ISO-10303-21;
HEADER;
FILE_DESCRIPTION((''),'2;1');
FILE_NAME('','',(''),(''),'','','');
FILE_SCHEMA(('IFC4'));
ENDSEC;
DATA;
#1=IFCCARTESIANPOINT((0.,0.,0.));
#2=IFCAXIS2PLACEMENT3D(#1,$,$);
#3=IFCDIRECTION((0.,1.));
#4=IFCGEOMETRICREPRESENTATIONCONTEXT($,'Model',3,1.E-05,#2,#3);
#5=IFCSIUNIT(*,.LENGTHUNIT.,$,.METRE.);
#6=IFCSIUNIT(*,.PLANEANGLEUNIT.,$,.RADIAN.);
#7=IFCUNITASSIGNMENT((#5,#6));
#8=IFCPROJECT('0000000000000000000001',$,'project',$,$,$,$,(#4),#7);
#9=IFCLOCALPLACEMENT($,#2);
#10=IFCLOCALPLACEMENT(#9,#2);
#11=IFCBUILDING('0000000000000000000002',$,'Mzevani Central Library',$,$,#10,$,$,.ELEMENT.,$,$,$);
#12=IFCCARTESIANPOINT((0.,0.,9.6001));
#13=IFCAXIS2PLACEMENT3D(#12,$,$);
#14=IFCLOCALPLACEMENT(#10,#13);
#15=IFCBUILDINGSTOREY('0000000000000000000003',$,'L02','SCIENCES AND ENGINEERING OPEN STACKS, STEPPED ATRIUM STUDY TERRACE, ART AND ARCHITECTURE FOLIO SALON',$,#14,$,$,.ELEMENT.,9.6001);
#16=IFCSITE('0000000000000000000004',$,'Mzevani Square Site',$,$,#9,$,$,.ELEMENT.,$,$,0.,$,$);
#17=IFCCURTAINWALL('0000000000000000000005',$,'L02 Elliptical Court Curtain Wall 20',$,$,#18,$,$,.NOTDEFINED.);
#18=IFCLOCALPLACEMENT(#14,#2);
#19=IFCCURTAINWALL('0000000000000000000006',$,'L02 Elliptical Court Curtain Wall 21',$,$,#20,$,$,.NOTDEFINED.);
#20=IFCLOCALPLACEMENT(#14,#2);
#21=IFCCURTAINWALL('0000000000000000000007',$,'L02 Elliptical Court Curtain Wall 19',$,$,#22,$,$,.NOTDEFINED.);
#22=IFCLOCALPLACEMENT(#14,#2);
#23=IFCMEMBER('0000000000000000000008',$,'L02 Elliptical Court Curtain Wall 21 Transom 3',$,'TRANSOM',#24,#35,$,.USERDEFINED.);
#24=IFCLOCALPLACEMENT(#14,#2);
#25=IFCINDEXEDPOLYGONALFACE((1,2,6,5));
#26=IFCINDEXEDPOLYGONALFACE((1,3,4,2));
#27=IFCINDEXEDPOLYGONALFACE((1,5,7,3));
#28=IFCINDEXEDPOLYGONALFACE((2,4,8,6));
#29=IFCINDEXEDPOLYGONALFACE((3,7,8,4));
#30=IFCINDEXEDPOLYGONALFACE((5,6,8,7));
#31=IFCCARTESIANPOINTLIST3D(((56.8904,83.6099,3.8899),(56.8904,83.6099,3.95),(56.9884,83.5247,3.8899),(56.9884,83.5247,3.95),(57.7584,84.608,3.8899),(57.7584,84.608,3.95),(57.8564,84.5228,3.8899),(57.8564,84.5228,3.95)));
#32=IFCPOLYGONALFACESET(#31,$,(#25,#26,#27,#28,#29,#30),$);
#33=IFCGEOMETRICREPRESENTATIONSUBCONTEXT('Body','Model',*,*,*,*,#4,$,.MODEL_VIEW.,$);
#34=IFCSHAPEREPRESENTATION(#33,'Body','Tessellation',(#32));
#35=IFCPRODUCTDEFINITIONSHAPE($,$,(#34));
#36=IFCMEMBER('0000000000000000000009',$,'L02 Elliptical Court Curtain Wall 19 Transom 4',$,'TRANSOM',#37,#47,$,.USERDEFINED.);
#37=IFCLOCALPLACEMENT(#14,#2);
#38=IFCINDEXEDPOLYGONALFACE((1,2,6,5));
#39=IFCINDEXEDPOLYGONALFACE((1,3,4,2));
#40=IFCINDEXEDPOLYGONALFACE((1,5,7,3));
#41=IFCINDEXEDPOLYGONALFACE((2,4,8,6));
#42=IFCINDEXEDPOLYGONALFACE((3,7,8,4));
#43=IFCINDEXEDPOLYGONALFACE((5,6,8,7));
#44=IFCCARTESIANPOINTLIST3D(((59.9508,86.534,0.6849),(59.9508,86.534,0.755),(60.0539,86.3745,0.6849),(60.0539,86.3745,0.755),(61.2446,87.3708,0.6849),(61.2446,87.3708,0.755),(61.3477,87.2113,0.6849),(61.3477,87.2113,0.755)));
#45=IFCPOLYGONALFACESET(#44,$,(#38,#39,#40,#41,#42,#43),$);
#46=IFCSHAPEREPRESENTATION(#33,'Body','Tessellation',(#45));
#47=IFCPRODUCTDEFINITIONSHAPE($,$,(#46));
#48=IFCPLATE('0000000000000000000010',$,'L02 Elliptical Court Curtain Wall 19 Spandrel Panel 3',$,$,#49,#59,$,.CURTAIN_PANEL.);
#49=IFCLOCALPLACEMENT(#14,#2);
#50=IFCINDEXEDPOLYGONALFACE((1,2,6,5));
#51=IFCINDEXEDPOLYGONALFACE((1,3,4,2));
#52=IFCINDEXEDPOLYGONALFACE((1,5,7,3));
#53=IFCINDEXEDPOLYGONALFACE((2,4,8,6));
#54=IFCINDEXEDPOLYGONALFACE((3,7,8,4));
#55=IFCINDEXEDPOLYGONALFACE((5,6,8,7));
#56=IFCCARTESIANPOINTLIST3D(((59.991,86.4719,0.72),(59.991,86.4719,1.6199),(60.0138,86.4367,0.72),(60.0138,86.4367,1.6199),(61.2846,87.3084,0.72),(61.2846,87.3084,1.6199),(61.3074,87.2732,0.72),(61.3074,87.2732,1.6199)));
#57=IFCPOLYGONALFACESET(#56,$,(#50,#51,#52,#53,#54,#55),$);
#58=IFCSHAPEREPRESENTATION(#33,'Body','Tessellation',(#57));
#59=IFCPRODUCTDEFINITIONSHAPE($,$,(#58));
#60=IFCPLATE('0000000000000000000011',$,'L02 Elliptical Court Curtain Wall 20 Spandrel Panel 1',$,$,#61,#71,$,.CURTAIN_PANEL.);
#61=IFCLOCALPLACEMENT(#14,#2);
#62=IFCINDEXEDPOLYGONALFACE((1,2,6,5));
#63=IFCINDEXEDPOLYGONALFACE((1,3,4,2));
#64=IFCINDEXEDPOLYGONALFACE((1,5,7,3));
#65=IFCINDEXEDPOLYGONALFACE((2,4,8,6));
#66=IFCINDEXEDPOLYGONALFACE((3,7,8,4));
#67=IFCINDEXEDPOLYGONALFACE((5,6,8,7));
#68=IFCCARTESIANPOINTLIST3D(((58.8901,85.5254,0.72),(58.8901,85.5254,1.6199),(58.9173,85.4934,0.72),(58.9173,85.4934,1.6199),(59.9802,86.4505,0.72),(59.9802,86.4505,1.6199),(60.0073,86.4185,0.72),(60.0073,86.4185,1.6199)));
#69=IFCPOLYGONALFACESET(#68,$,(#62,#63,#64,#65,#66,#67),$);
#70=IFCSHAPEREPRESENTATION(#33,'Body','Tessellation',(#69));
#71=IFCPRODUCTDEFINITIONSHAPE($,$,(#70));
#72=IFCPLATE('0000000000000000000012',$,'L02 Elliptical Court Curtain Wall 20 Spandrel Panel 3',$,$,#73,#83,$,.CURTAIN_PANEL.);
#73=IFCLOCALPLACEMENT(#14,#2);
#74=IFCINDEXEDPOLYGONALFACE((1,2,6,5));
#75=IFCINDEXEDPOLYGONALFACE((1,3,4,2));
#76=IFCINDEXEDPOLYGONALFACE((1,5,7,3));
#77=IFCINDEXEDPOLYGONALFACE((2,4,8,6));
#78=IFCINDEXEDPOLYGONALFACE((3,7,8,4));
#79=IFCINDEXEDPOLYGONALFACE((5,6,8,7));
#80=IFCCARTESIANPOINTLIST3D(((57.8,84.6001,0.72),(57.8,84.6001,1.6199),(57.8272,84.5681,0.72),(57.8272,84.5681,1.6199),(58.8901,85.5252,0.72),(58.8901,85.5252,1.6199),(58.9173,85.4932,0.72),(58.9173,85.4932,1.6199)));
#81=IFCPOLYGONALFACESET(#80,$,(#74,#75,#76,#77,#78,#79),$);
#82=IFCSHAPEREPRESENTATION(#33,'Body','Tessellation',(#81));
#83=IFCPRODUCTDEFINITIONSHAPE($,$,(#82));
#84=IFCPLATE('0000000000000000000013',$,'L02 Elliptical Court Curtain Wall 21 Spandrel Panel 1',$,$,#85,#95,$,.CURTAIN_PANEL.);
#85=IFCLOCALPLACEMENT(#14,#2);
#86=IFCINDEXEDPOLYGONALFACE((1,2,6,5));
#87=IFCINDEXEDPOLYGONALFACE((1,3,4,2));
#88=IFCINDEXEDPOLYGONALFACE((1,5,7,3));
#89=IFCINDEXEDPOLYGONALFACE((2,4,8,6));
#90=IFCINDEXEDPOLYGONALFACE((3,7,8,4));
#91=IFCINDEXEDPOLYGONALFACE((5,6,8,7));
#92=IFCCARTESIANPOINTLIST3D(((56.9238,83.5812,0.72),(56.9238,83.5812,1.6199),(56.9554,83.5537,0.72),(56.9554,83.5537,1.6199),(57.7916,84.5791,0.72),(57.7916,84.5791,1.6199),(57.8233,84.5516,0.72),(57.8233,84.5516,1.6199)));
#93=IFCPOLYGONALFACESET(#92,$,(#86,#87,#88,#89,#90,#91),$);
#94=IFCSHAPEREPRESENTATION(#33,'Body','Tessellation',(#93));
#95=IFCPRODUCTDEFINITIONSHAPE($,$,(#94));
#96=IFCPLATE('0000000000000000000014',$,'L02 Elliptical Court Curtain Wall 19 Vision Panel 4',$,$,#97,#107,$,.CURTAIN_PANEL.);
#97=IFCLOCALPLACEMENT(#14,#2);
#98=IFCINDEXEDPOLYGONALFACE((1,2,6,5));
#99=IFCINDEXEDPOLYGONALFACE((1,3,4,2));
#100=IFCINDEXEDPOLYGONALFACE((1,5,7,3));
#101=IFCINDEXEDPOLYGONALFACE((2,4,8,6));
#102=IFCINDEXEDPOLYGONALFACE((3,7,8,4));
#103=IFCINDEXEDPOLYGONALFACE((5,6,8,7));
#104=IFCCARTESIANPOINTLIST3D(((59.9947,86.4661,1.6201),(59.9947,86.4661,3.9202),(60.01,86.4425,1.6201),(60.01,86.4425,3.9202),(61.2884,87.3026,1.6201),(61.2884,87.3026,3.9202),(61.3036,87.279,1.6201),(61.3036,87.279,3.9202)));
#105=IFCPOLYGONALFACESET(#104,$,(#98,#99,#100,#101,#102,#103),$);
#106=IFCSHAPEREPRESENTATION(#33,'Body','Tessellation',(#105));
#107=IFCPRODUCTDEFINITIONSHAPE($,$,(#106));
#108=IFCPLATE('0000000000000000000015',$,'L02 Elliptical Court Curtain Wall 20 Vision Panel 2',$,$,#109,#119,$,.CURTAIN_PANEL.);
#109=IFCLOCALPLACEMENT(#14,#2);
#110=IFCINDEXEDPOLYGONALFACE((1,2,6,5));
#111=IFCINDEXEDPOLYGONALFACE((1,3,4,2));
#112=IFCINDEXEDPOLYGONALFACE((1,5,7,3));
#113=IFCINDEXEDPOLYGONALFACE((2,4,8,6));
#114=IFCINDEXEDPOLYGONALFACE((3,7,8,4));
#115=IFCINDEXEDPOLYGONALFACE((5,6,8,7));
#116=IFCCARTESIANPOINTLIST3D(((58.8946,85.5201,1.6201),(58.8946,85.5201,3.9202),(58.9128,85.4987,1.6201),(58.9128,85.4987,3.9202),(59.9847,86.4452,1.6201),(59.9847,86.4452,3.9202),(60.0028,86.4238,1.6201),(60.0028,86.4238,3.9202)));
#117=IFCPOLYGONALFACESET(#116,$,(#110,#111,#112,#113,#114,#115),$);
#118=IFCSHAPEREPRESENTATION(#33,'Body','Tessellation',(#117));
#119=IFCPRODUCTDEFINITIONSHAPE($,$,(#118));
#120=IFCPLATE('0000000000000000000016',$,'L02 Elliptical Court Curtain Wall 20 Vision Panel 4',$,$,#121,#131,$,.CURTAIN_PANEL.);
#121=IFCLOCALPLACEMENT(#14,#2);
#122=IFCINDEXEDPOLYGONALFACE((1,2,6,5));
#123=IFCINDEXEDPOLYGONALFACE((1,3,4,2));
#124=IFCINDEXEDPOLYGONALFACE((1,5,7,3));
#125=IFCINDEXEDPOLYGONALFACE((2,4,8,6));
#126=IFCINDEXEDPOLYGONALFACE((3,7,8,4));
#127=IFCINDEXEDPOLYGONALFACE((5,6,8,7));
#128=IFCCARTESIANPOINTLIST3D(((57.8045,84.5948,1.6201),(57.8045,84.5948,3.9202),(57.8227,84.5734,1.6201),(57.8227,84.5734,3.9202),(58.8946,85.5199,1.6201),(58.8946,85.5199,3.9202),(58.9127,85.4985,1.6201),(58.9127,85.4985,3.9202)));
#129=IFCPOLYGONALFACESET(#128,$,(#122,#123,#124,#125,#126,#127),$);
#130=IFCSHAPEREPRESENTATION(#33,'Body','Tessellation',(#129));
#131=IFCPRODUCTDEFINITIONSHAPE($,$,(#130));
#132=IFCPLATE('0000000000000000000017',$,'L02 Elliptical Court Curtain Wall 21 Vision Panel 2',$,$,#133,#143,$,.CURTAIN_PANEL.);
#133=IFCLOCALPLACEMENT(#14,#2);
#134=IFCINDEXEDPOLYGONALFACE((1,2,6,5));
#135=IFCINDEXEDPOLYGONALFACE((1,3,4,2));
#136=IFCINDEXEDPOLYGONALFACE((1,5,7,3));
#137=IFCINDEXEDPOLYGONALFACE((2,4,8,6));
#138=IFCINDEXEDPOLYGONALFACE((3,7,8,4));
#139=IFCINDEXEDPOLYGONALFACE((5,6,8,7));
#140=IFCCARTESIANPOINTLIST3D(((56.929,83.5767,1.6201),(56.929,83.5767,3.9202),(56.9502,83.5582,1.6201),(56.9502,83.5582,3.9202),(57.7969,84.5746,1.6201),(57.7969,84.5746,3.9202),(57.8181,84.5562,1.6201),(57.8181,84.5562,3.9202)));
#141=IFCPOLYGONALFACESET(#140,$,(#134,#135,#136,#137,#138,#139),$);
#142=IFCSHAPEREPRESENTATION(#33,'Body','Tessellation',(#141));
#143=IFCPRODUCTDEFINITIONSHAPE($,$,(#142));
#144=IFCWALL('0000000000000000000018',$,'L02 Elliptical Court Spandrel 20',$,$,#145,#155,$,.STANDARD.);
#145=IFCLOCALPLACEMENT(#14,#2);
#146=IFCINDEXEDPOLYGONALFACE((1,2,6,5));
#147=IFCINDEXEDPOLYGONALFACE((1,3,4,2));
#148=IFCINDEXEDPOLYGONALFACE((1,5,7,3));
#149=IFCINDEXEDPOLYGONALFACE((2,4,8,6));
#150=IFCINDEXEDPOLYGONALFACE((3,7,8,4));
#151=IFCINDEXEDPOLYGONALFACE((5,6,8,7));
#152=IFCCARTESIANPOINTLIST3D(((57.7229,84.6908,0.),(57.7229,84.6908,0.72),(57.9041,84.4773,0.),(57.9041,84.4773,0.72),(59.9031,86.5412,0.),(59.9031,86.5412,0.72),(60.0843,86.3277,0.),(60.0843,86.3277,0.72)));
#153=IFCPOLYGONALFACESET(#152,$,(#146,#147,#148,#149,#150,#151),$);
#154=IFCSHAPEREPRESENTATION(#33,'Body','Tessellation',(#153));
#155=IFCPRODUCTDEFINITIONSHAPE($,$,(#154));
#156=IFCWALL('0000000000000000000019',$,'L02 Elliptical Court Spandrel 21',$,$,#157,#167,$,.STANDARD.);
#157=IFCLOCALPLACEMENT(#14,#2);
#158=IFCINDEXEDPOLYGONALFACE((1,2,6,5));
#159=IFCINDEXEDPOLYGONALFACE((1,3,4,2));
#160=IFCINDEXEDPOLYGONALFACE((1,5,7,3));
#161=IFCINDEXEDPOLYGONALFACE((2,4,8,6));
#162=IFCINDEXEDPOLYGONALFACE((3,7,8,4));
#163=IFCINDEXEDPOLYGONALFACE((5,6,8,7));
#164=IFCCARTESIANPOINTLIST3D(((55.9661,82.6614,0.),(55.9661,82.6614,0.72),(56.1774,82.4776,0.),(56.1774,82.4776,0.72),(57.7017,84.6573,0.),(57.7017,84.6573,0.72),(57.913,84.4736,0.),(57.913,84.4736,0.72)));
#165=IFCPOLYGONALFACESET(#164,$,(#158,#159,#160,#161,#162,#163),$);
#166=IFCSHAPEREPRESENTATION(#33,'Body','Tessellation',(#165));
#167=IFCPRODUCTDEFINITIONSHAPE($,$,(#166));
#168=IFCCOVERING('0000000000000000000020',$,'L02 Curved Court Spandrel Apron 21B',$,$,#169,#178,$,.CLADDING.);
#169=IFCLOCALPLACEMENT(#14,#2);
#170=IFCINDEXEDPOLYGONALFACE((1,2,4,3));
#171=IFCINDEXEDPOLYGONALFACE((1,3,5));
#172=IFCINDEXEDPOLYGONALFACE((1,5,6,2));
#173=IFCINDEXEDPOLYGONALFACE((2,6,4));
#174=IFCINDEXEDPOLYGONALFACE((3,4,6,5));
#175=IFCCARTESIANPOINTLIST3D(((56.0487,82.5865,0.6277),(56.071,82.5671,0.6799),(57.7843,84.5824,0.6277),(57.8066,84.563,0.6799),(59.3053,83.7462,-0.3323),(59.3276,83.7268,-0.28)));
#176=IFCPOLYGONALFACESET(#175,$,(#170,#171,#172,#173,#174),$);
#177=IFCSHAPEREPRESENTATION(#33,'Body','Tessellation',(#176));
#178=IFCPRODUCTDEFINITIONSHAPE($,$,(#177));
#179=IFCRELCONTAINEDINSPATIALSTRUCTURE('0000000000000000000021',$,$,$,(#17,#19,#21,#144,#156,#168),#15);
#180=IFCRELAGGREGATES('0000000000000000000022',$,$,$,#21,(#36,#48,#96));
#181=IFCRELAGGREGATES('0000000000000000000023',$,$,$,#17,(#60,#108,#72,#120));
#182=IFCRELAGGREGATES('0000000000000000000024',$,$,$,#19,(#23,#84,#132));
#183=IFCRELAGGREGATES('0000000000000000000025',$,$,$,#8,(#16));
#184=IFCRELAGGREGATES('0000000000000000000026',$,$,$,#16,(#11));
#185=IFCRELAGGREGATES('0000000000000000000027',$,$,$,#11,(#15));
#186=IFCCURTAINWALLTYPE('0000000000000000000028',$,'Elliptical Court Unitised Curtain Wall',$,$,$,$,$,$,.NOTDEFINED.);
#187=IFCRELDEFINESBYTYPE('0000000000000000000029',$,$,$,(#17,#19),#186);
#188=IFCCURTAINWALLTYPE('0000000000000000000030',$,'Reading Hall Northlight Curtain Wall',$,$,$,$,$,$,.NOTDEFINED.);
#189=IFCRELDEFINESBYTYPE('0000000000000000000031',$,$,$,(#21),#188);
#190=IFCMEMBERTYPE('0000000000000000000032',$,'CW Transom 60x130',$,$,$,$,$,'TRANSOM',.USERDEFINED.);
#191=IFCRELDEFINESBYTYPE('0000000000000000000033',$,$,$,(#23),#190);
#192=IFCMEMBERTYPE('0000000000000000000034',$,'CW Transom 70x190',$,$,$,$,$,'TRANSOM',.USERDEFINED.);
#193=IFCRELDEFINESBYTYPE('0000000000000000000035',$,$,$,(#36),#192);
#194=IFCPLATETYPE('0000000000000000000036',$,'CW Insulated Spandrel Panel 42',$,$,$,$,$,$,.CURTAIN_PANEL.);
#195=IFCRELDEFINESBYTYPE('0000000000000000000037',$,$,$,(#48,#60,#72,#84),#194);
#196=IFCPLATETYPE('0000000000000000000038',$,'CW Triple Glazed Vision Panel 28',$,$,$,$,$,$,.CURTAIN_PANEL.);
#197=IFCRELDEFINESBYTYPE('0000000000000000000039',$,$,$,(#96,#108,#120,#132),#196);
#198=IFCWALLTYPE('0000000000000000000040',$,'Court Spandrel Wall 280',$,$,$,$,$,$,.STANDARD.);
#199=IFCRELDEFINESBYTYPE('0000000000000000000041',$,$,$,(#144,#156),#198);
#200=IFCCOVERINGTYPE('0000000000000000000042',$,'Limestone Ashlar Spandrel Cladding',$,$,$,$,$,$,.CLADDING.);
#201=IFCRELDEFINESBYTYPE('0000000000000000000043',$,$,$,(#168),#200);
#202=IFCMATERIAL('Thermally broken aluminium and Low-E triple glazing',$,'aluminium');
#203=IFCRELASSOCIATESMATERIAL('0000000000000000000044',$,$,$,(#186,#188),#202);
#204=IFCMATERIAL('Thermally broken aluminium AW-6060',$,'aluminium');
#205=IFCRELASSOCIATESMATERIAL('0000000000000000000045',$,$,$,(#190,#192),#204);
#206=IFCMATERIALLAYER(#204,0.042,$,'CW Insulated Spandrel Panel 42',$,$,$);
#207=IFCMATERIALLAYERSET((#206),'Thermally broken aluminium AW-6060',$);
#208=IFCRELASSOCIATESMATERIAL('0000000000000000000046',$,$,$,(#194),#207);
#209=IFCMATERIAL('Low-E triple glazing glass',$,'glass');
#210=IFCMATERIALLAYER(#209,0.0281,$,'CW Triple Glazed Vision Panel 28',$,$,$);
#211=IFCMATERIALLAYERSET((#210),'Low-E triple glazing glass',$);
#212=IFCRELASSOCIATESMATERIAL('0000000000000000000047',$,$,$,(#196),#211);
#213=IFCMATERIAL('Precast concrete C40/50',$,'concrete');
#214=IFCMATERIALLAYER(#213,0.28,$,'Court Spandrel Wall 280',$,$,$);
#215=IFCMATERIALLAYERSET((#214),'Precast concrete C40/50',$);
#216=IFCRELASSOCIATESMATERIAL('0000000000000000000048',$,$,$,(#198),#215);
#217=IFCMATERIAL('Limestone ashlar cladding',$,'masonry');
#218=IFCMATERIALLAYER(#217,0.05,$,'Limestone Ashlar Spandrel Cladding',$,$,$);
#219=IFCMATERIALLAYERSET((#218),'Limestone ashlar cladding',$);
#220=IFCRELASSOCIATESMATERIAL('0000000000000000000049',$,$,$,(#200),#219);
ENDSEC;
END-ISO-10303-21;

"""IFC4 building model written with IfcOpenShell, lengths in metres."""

from ifc_helpers import new_model, si_unit, direction, frame, frame_2d, origin, origin_2d, place, context, subcontext, project, spatial, polyline, rectangle, outline, extrude, material, layer, layer_set, material_profile, profile_set, type_object, element, aggregate, save


model = new_model("IFC4")

# Units and contexts
model_context = context("Model", 3, precision=1e-05, world=origin(), true_north=direction((0.0, 1.0)))
body_context = subcontext(model_context, "Body", "Model", "MODEL_VIEW")
ifc_project = project(units=[si_unit("LENGTHUNIT", "METRE"), si_unit("PLANEANGLEUNIT", "RADIAN")], contexts=[model_context])

# Site, building, storey
site_placement = place(None, origin())
site = spatial("IfcSite", under=ifc_project, at=site_placement, Name="Mzevani Square Site", CompositionType="ELEMENT", RefElevation=0.0)
building_placement = place(site_placement, origin())
building = spatial("IfcBuilding", under=site, at=building_placement, Name="Mzevani Central Library", CompositionType="ELEMENT")
storey_placement = place(building_placement, frame((0.0, 0.0, 9.6001)))
storey = spatial("IfcBuildingStorey", under=building, at=storey_placement, Name="L02", Description="SCIENCES AND ENGINEERING OPEN STACKS, STEPPED ATRIUM STUDY TERRACE, ART AND ARCHITECTURE FOLIO SALON", CompositionType="ELEMENT", Elevation=9.6001)

# Curtain wall
ifc_material_1 = material(Name="Thermally broken aluminium and Low-E triple glazing", Category="aluminium")
curtain_wall_type_1 = type_object("IfcCurtainWallType", Name="Elliptical Court Unitised Curtain Wall", PredefinedType="NOTDEFINED", material=ifc_material_1)
curtain_wall_1_placement = place(storey_placement, origin())
curtain_wall_1 = element("IfcCurtainWall", 1, at=curtain_wall_1_placement, inside=storey, type_object=curtain_wall_type_1, Name="L02 Elliptical Court Curtain Wall 20", PredefinedType="NOTDEFINED")
ifc_material_2 = material(Name="Thermally broken aluminium AW-6060", Category="aluminium")

# Curtain wall
curtain_wall_2_placement = place(storey_placement, origin())
curtain_wall_2 = element("IfcCurtainWall", 2, at=curtain_wall_2_placement, inside=storey, type_object=curtain_wall_type_1, Name="L02 Elliptical Court Curtain Wall 21", PredefinedType="NOTDEFINED")

# Curtain wall
curtain_wall_type_2 = type_object("IfcCurtainWallType", Name="Reading Hall Northlight Curtain Wall", PredefinedType="NOTDEFINED", material=ifc_material_1)
curtain_wall_3_placement = place(storey_placement, origin())
curtain_wall_3 = element("IfcCurtainWall", 3, at=curtain_wall_3_placement, inside=storey, type_object=curtain_wall_type_2, Name="L02 Elliptical Court Curtain Wall 19", PredefinedType="NOTDEFINED")

# Members
ifc_material_profile_1 = material_profile(ifc_material_2, rectangle(XDim=0.1299, YDim=0.0601, at=origin_2d()), Name="ALU T60x130")
ifc_profile_set_1 = profile_set([ifc_material_profile_1], Name="Thermally broken aluminium AW-6060")
member_type_1 = type_object("IfcMemberType", Name="CW Transom 60x130", ElementType="TRANSOM", PredefinedType="USERDEFINED", material=ifc_profile_set_1)
member_1_placement = place(storey_placement, frame((57.8074, 84.5654, 3.9199), z_axis=(-0.656202, -0.754586, 0.0), x_axis=(0.754586, -0.656202, 0.0)))
member_1 = element("IfcMember", 4, at=member_1_placement, type_object=member_type_1, Name="L02 Elliptical Court Curtain Wall 21 Transom 3", ObjectType="TRANSOM", PredefinedType="USERDEFINED", context=body_context, shape_type="SweptSolid", body=[
    extrude(rectangle(XDim=0.1299, YDim=0.0601, at=origin_2d()), origin(), (0.0, 0.0, 1.0), 1.3228),
])
ifc_material_profile_2 = material_profile(ifc_material_2, rectangle(XDim=0.1899, YDim=0.0701, at=origin_2d()), Name="ALU T70x190")
ifc_profile_set_2 = profile_set([ifc_material_profile_2], Name="Thermally broken aluminium AW-6060")
member_type_2 = type_object("IfcMemberType", Name="CW Transom 70x190", ElementType="TRANSOM", PredefinedType="USERDEFINED", material=ifc_profile_set_2)
member_2_placement = place(storey_placement, frame((61.2961, 87.291, 0.72), z_axis=(-0.839698, -0.543054, 0.0), x_axis=(0.543054, -0.839698, 0.0)))
member_2 = element("IfcMember", 5, at=member_2_placement, type_object=member_type_2, Name="L02 Elliptical Court Curtain Wall 19 Transom 4", ObjectType="TRANSOM", PredefinedType="USERDEFINED", context=body_context, shape_type="SweptSolid", body=[
    extrude(rectangle(XDim=0.1899, YDim=0.0701, at=origin_2d()), origin(), (0.0, 0.0, 1.0), 1.5408),
])

# Plates
ifc_layer_1 = layer(ifc_material_2, 0.042, Name="CW Insulated Spandrel Panel 42")
ifc_layer_set_1 = layer_set([ifc_layer_1], Name="Thermally broken aluminium AW-6060")
plate_type_1 = type_object("IfcPlateType", Name="CW Insulated Spandrel Panel 42", PredefinedType="CURTAIN_PANEL", material=ifc_layer_set_1)
plate_1_placement = place(storey_placement, frame((60.6492, 86.8726, 0.72), z_axis=(0.0, 0.0, 1.0), x_axis=(-0.839733, -0.543, 0.0)))
plate_1 = element("IfcPlate", 6, at=plate_1_placement, type_object=plate_type_1, Name="L02 Elliptical Court Curtain Wall 19 Spandrel Panel 3", PredefinedType="CURTAIN_PANEL", context=body_context, shape_type="SweptSolid", body=[
    extrude(rectangle(XDim=1.5405, YDim=0.042, at=origin_2d()), origin(), (0.0, 0.0, 1.0), 0.8999),
])
plate_2_placement = place(storey_placement, frame((59.4487, 85.9719, 0.72), z_axis=(0.0, 0.0, 1.0), x_axis=(-0.762435, -0.647065, 0.0)))
plate_2 = element("IfcPlate", 7, at=plate_2_placement, type_object=plate_type_1, Name="L02 Elliptical Court Curtain Wall 20 Spandrel Panel 1", PredefinedType="CURTAIN_PANEL", context=body_context, shape_type="SweptSolid", body=[
    extrude(rectangle(XDim=1.4297, YDim=0.042, at=origin_2d()), origin(), (0.0, 0.0, 1.0), 0.8999),
])
plate_3_placement = place(storey_placement, frame((58.3586, 85.0466, 0.72), z_axis=(0.0, 0.0, 1.0), x_axis=(-0.762435, -0.647065, 0.0)))
plate_3 = element("IfcPlate", 8, at=plate_3_placement, type_object=plate_type_1, Name="L02 Elliptical Court Curtain Wall 20 Spandrel Panel 3", PredefinedType="CURTAIN_PANEL", context=body_context, shape_type="SweptSolid", body=[
    extrude(rectangle(XDim=1.4297, YDim=0.042, at=origin_2d()), origin(), (0.0, 0.0, 1.0), 0.8999),
])
plate_4_placement = place(storey_placement, frame((57.3735, 84.0664, 0.72), z_axis=(0.0, 0.0, 1.0), x_axis=(-0.656226, -0.754564, 0.0)))
plate_4 = element("IfcPlate", 9, at=plate_4_placement, type_object=plate_type_1, Name="L02 Elliptical Court Curtain Wall 21 Spandrel Panel 1", PredefinedType="CURTAIN_PANEL", context=body_context, shape_type="SweptSolid", body=[
    extrude(rectangle(XDim=1.3225, YDim=0.042, at=origin_2d()), origin(), (0.0, 0.0, 1.0), 0.8999),
])
ifc_material_3 = material(Name="Low-E triple glazing glass", Category="glass")
ifc_layer_2 = layer(ifc_material_3, 0.0281, Name="CW Triple Glazed Vision Panel 28")
ifc_layer_set_2 = layer_set([ifc_layer_2], Name="Low-E triple glazing glass")
plate_type_2 = type_object("IfcPlateType", Name="CW Triple Glazed Vision Panel 28", PredefinedType="CURTAIN_PANEL", material=ifc_layer_set_2)
plate_5_placement = place(storey_placement, frame((60.6492, 86.8726, 1.6201), z_axis=(0.0, 0.0, 1.0), x_axis=(-0.839733, -0.543, 0.0)))
plate_5 = element("IfcPlate", 10, at=plate_5_placement, type_object=plate_type_2, Name="L02 Elliptical Court Curtain Wall 19 Vision Panel 4", PredefinedType="CURTAIN_PANEL", context=body_context, shape_type="SweptSolid", body=[
    extrude(rectangle(XDim=1.5405, YDim=0.0281, at=origin_2d()), origin(), (0.0, 0.0, 1.0), 2.3),
])
aggregate(curtain_wall_3, [member_2, plate_1, plate_5])
plate_6_placement = place(storey_placement, frame((59.4487, 85.9719, 1.6201), z_axis=(0.0, 0.0, 1.0), x_axis=(-0.762435, -0.647065, 0.0)))
plate_6 = element("IfcPlate", 11, at=plate_6_placement, type_object=plate_type_2, Name="L02 Elliptical Court Curtain Wall 20 Vision Panel 2", PredefinedType="CURTAIN_PANEL", context=body_context, shape_type="SweptSolid", body=[
    extrude(rectangle(XDim=1.4297, YDim=0.0281, at=origin_2d()), origin(), (0.0, 0.0, 1.0), 2.3),
])
plate_7_placement = place(storey_placement, frame((58.3586, 85.0466, 1.6201), z_axis=(0.0, 0.0, 1.0), x_axis=(-0.762435, -0.647065, 0.0)))
plate_7 = element("IfcPlate", 12, at=plate_7_placement, type_object=plate_type_2, Name="L02 Elliptical Court Curtain Wall 20 Vision Panel 4", PredefinedType="CURTAIN_PANEL", context=body_context, shape_type="SweptSolid", body=[
    extrude(rectangle(XDim=1.4297, YDim=0.0281, at=origin_2d()), origin(), (0.0, 0.0, 1.0), 2.3),
])
aggregate(curtain_wall_1, [plate_2, plate_6, plate_3, plate_7])
plate_8_placement = place(storey_placement, frame((57.3735, 84.0664, 1.6201), z_axis=(0.0, 0.0, 1.0), x_axis=(-0.656226, -0.754564, 0.0)))
plate_8 = element("IfcPlate", 13, at=plate_8_placement, type_object=plate_type_2, Name="L02 Elliptical Court Curtain Wall 21 Vision Panel 2", PredefinedType="CURTAIN_PANEL", context=body_context, shape_type="SweptSolid", body=[
    extrude(rectangle(XDim=1.3225, YDim=0.0281, at=origin_2d()), origin(), (0.0, 0.0, 1.0), 2.3),
])
aggregate(curtain_wall_2, [member_1, plate_4, plate_8])

# Walls
ifc_material_4 = material(Name="Precast concrete C40/50", Category="concrete")
ifc_layer_3 = layer(ifc_material_4, 0.28, Name="Court Spandrel Wall 280")
ifc_layer_set_3 = layer_set([ifc_layer_3], Name="Precast concrete C40/50")
wall_type = type_object("IfcWallType", Name="Court Spandrel Wall 280", PredefinedType="STANDARD", material=ifc_layer_set_3)
wall_1_placement = place(storey_placement, frame((59.9937, 86.4343, 0.0), z_axis=(0.0, 0.0, 1.0), x_axis=(-0.762424, -0.647078, 0.0)))
element("IfcWall", 14, at=wall_1_placement, inside=storey, type_object=wall_type, Name="L02 Elliptical Court Spandrel 20", PredefinedType="STANDARD", context=body_context, shape_type="SweptSolid", body=[
    extrude(rectangle(XDim=2.8596, YDim=0.28, at=frame_2d((1.4297, 0.0))), origin(), (0.0, 0.0, 1.0), 0.72),
])
wall_2_placement = place(storey_placement, frame((57.8074, 84.5654, 0.0), z_axis=(0.0, 0.0, 1.0), x_axis=(-0.656195, -0.754592, 0.0)))
element("IfcWall", 15, at=wall_2_placement, inside=storey, type_object=wall_type, Name="L02 Elliptical Court Spandrel 21", PredefinedType="STANDARD", context=body_context, shape_type="SweptSolid", body=[
    extrude(rectangle(XDim=2.645, YDim=0.28, at=frame_2d((1.3225, 0.0))), origin(), (0.0, 0.0, 1.0), 0.72),
])

# Covering
ifc_material_5 = material(Name="Limestone ashlar cladding", Category="masonry")
ifc_layer_4 = layer(ifc_material_5, 0.05, Name="Limestone Ashlar Spandrel Cladding")
ifc_layer_set_4 = layer_set([ifc_layer_4], Name="Limestone ashlar cladding")
covering_type = type_object("IfcCoveringType", Name="Limestone Ashlar Spandrel Cladding", PredefinedType="CLADDING", material=ifc_layer_set_4)
covering_placement = place(storey_placement, frame((59.3276, 83.7268, -0.28), z_axis=(0.371628, -0.323168, 0.870319), x_axis=(-0.907705, -0.323232, 0.267568)))
element("IfcCovering", 16, at=covering_placement, inside=storey, type_object=covering_type, Name="L02 Curved Court Spandrel Apron 21B", PredefinedType="CLADDING", context=body_context, shape_type="SweptSolid", body=[
    extrude(outline(polyline([(0.0, 0.0), (3.5877, 0.0), (1.3672, -1.437), (0.0, 0.0)])), origin(), (0.0, 0.0, -1.0), 0.0601),
])

save(model, "model.ifc")
